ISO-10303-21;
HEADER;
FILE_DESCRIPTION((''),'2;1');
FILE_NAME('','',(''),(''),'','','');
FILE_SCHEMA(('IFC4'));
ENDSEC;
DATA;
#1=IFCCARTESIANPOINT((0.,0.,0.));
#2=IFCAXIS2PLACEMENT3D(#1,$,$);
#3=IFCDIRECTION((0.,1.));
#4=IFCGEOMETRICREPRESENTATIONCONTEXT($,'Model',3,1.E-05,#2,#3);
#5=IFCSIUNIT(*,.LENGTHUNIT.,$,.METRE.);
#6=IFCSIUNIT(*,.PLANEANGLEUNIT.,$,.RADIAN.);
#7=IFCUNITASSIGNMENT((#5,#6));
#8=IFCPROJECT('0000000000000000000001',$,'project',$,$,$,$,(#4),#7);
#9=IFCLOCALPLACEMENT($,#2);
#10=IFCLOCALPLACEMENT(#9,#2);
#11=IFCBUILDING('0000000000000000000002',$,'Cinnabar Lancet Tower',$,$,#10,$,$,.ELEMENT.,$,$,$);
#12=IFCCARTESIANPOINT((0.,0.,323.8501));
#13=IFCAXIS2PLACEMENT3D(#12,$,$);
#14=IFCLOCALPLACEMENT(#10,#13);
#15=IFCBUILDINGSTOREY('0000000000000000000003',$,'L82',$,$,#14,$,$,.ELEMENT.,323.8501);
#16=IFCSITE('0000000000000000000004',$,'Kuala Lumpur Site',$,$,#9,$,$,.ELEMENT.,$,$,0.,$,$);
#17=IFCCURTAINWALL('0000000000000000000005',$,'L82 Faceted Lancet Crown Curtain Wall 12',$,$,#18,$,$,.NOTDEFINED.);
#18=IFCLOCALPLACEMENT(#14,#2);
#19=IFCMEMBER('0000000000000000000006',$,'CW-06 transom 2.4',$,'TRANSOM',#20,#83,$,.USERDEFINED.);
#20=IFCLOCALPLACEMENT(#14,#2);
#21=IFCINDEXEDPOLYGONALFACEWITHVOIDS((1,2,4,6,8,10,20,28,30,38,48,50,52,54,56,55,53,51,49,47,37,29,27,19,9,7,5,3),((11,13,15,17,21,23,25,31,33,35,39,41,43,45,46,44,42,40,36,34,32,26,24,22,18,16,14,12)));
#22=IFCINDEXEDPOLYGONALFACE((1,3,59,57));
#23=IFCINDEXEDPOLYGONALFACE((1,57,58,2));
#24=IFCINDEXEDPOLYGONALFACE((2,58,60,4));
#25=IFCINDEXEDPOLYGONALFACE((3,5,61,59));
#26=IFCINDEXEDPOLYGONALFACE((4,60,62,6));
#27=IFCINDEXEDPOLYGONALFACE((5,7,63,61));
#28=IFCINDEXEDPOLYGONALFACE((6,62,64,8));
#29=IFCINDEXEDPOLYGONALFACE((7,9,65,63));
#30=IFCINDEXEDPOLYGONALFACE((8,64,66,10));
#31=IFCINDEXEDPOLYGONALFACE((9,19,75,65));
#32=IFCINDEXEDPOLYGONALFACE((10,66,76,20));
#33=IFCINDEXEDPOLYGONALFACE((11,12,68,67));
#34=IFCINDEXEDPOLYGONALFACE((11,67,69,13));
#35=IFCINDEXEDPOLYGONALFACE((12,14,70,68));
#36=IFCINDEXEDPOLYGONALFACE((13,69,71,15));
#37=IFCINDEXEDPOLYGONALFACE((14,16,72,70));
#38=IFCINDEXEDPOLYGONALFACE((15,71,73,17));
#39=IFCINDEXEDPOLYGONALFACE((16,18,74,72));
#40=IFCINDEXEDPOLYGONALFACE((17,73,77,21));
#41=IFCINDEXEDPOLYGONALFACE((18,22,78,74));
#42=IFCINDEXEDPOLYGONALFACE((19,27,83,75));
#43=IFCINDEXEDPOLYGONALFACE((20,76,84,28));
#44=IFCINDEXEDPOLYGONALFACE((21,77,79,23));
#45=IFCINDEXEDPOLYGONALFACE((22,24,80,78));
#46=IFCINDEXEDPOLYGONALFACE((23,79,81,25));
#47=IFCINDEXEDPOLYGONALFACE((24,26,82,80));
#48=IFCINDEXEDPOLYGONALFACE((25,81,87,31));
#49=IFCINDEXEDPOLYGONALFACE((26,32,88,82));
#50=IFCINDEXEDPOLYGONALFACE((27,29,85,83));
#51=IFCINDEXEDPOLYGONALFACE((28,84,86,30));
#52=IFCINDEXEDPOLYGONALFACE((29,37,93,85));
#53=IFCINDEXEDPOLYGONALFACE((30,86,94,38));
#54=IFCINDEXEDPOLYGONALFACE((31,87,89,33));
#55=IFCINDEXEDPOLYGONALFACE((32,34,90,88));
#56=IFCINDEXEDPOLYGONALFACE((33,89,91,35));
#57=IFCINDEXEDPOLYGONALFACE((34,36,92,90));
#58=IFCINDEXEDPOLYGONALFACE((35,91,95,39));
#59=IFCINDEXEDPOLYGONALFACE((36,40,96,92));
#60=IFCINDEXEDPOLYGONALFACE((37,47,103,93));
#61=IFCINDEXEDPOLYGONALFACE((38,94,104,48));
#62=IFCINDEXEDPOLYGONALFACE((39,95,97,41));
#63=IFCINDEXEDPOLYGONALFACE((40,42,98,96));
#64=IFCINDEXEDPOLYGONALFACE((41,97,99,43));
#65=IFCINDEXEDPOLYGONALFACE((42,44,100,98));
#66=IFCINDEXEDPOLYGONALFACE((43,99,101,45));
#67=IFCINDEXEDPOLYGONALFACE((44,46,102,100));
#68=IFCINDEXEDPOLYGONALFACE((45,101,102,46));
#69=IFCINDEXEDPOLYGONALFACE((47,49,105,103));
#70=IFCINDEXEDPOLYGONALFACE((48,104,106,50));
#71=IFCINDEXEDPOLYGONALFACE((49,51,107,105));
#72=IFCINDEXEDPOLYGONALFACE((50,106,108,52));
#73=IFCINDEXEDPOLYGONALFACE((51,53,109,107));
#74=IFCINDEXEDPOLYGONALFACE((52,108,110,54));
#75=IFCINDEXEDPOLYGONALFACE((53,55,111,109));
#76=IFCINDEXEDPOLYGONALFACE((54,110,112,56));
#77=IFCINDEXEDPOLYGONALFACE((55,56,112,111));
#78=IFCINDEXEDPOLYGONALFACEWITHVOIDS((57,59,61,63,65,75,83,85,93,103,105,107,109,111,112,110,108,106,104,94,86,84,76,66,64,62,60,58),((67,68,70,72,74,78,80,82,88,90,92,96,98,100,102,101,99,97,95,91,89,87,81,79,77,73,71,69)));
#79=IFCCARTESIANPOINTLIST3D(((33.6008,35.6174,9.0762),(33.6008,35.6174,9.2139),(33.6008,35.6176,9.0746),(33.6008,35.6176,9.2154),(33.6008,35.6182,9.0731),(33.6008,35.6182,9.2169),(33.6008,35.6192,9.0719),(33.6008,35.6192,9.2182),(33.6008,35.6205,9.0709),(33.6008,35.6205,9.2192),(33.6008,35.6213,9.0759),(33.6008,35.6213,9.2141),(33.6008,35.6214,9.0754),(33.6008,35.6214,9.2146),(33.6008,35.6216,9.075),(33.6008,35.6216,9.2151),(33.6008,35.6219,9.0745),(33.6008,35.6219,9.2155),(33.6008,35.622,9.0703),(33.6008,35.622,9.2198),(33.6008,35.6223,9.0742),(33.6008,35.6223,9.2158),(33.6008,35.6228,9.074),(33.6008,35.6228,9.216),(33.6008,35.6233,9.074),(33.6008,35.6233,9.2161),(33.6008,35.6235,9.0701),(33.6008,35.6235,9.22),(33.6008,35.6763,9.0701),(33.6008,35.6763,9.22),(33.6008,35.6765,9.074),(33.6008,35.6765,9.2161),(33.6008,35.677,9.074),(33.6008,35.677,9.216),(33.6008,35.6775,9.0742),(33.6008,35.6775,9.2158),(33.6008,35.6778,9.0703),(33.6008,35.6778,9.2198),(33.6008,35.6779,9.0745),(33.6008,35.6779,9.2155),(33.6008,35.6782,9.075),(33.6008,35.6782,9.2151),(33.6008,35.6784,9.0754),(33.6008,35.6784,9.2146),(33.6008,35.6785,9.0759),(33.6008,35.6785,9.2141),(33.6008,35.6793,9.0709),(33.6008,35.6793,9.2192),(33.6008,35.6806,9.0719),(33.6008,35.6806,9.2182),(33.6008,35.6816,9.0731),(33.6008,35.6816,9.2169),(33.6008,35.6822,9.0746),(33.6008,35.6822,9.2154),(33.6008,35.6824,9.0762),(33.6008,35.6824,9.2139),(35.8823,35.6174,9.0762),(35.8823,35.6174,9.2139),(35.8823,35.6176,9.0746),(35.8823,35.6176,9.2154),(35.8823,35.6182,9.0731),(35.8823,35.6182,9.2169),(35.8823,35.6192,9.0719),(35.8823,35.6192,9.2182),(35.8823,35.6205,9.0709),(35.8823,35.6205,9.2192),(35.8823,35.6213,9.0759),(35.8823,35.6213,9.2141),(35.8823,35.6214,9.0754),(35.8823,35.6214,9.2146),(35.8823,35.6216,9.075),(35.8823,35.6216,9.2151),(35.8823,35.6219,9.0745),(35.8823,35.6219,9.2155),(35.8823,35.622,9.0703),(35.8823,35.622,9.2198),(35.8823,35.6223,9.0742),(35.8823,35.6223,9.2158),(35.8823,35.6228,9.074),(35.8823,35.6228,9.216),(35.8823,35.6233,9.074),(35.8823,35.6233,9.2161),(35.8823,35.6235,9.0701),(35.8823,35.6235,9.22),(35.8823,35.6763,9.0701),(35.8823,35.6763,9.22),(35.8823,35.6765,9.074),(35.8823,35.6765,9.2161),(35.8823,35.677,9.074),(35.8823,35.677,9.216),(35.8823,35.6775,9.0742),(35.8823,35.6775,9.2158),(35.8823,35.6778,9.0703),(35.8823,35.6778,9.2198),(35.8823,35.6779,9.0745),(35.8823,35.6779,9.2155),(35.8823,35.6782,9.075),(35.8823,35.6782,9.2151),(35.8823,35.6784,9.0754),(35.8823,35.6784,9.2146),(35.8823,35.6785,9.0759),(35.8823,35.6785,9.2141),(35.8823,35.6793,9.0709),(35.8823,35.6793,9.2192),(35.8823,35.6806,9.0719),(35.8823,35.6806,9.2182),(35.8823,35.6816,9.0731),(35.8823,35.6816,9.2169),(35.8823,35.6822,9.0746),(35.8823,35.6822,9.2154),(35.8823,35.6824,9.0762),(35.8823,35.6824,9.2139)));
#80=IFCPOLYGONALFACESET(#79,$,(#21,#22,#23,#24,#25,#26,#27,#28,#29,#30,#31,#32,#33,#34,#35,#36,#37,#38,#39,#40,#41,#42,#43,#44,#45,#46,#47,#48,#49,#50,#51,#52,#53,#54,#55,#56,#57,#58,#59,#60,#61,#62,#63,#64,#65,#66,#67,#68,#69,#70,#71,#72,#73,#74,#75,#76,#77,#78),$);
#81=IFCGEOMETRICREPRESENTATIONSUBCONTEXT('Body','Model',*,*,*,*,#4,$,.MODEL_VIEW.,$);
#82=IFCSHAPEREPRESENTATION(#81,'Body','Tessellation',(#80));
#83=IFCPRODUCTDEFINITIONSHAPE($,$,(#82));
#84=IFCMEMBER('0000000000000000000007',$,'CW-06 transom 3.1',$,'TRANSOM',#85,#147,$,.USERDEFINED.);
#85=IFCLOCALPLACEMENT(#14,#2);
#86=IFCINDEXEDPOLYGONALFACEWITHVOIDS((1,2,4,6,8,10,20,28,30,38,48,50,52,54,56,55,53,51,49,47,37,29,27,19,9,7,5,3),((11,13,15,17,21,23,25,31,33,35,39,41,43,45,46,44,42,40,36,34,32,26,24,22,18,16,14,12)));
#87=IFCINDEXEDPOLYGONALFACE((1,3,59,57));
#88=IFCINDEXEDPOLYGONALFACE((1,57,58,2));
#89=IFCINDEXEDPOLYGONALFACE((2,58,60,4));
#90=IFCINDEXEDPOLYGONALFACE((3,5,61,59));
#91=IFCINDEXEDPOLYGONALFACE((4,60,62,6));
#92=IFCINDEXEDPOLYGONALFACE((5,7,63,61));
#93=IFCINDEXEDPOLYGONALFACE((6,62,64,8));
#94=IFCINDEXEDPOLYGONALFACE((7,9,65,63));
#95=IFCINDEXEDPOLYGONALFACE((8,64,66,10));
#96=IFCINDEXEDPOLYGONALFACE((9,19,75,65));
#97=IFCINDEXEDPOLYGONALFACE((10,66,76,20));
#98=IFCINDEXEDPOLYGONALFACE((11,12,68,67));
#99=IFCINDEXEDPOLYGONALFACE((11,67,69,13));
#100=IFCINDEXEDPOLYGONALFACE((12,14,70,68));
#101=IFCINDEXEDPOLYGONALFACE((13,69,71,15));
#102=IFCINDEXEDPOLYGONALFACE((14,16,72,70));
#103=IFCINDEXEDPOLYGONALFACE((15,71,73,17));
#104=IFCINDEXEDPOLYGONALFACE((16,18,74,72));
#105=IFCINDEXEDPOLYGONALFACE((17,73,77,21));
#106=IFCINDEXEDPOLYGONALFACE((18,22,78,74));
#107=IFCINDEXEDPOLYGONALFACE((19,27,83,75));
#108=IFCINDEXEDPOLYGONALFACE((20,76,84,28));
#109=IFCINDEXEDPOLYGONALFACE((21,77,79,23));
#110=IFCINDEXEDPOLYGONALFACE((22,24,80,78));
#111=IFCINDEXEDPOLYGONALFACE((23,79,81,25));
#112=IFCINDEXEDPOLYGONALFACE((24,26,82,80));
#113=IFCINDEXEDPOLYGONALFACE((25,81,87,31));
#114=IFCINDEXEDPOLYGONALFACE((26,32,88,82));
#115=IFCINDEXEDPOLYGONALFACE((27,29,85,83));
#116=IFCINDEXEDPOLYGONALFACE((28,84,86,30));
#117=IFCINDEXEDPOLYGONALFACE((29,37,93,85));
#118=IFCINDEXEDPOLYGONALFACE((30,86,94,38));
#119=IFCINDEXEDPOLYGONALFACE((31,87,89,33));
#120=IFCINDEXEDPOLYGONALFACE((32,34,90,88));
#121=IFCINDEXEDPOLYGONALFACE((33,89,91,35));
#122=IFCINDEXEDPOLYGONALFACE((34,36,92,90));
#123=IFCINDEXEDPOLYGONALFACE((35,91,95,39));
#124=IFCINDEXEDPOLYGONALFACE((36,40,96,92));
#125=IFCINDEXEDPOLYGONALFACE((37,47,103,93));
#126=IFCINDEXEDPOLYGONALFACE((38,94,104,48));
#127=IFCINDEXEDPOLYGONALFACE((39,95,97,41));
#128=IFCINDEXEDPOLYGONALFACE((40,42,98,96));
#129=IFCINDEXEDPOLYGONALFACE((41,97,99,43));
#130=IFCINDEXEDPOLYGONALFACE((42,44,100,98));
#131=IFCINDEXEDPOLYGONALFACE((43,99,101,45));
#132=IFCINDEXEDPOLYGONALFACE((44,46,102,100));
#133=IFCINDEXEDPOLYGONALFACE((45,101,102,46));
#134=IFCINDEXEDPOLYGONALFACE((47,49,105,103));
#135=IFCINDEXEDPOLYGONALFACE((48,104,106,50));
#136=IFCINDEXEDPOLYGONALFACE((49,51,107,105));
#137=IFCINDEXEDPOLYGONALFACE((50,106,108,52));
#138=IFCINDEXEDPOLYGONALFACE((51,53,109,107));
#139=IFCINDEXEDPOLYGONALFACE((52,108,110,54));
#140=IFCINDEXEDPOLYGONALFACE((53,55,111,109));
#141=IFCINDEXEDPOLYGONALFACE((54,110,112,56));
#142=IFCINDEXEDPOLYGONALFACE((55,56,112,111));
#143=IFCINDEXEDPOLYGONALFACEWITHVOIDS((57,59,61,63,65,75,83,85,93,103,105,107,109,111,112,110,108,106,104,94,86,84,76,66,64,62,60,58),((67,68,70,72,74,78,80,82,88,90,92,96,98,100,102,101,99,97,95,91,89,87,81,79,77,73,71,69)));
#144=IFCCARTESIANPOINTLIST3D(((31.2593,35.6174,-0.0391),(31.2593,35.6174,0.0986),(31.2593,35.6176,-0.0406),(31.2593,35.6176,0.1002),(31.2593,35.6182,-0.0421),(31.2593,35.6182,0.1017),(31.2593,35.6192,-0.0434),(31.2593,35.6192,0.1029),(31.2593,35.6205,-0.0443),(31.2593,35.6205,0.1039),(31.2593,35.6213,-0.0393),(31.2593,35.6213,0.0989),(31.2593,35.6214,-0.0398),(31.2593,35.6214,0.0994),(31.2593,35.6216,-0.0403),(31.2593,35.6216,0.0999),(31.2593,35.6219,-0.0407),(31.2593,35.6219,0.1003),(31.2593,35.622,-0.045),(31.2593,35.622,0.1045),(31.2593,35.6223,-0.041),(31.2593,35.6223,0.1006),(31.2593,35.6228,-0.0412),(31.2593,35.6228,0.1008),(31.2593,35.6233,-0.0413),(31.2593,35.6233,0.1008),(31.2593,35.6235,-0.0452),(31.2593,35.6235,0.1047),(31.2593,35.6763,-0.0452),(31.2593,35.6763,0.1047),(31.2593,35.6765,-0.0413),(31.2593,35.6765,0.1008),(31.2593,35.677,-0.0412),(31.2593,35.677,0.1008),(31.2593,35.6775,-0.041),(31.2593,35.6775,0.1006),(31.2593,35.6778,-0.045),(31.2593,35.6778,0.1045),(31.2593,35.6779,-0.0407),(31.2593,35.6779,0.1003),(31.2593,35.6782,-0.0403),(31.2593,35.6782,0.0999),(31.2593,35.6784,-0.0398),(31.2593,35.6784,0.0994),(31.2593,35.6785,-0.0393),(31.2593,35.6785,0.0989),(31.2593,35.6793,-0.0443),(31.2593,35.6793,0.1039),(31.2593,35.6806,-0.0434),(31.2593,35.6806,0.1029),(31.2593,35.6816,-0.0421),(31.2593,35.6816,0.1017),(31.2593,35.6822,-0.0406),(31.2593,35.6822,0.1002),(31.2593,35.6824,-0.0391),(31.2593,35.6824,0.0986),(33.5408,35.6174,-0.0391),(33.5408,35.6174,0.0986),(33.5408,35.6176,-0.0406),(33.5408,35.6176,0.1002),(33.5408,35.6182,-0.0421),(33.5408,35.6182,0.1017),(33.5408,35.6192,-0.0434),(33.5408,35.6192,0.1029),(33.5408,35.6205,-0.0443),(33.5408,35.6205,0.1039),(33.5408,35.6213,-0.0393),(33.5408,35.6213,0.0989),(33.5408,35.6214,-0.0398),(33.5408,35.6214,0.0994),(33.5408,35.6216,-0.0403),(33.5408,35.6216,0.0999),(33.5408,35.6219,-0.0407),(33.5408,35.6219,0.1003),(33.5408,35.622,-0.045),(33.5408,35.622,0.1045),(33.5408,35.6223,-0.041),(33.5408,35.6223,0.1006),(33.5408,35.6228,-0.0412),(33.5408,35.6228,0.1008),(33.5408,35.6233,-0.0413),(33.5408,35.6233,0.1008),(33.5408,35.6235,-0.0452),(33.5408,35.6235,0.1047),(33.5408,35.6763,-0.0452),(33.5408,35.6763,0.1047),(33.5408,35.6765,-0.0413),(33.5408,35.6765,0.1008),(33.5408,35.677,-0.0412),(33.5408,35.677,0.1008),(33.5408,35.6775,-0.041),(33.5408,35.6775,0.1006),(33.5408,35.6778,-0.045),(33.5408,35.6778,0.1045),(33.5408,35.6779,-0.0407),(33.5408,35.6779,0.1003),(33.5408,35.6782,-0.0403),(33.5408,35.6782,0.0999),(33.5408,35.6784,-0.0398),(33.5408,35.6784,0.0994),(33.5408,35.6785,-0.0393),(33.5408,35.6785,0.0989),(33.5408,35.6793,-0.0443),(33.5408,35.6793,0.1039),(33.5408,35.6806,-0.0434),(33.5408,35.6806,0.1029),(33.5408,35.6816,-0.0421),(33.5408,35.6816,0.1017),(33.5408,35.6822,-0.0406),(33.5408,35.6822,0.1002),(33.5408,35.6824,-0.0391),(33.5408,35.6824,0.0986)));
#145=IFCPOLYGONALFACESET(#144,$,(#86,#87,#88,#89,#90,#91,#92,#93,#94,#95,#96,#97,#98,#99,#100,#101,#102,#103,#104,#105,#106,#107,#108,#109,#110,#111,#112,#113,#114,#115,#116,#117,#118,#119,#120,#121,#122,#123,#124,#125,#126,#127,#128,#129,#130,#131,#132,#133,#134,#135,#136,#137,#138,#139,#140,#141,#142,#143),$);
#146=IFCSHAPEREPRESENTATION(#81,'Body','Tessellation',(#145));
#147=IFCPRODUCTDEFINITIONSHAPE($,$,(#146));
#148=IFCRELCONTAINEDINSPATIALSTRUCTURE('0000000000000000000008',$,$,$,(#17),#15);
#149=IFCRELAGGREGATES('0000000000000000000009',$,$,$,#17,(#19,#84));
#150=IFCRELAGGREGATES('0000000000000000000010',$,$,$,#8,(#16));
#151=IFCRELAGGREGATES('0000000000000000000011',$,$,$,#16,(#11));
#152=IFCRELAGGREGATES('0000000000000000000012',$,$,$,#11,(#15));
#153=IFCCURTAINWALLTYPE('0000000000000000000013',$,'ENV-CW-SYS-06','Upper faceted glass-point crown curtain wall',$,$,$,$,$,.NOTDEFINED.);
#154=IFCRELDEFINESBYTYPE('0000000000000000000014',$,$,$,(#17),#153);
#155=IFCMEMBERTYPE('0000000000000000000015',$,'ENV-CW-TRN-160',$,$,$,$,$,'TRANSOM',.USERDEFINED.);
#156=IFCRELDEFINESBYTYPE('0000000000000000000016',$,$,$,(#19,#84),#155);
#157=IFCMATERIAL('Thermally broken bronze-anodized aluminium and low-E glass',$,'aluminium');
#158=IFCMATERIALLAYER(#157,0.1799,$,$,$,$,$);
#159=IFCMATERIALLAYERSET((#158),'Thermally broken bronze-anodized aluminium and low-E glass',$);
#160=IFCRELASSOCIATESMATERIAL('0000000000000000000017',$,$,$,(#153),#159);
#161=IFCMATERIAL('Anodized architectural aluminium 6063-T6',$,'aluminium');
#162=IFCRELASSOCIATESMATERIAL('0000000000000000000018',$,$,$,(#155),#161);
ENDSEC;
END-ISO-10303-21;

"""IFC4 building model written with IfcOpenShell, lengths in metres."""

from ifc_helpers import new_model, si_unit, direction, frame, origin, origin_2d, place, context, subcontext, project, spatial, hollow_rectangle, extrude, material, layer, layer_set, material_profile, profile_set, type_object, element, aggregate, save


model = new_model("IFC4")

# Units and contexts
model_context = context("Model", 3, precision=1e-05, world=origin(), true_north=direction((0.0, 1.0)))
body_context = subcontext(model_context, "Body", "Model", "MODEL_VIEW")
ifc_project = project(units=[si_unit("LENGTHUNIT", "METRE"), si_unit("PLANEANGLEUNIT", "RADIAN")], contexts=[model_context])

# Site, building, storey
site_placement = place(None, origin())
site = spatial("IfcSite", under=ifc_project, at=site_placement, Name="Kuala Lumpur Site", CompositionType="ELEMENT", RefElevation=0.0)
building_placement = place(site_placement, origin())
building = spatial("IfcBuilding", under=site, at=building_placement, Name="Cinnabar Lancet Tower", CompositionType="ELEMENT")
storey_placement = place(building_placement, frame((0.0, 0.0, 323.8501)))
storey = spatial("IfcBuildingStorey", under=building, at=storey_placement, Name="L82", CompositionType="ELEMENT", Elevation=323.8501)

# Shared definitions
ifc_material_1 = material(Name="Thermally broken bronze-anodized aluminium and low-E glass", Category="aluminium")
ifc_layer_1 = layer(ifc_material_1, 0.1799)
ifc_layer_set_1 = layer_set([ifc_layer_1], Name="Thermally broken bronze-anodized aluminium and low-E glass")
curtain_wall_type = type_object("IfcCurtainWallType", Name="ENV-CW-SYS-06", Description="Upper faceted glass-point crown curtain wall", PredefinedType="NOTDEFINED", material=ifc_layer_set_1)

# Curtain wall, members
curtain_wall_1_placement = place(storey_placement, origin())
curtain_wall_1 = element("IfcCurtainWall", 1, at=curtain_wall_1_placement, inside=storey, type_object=curtain_wall_type, Name="L82 Faceted Lancet Crown Curtain Wall 12", PredefinedType="NOTDEFINED")
ifc_material_2 = material(Name="Anodized architectural aluminium 6063-T6", Category="aluminium")
ifc_material_profile_1 = material_profile(ifc_material_2, hollow_rectangle(XDim=0.0649, YDim=0.1499, WallThickness=0.0039, InnerFilletRadius=0.002, OuterFilletRadius=0.0061, at=origin_2d()), Name="CW-TRN 150x65x4")
ifc_profile_set_1 = profile_set([ifc_material_profile_1], Name="Anodized architectural aluminium 6063-T6")
member_type_1 = type_object("IfcMemberType", Name="ENV-CW-TRN-160", ElementType="TRANSOM", PredefinedType="USERDEFINED", material=ifc_profile_set_1)
member_1_placement = place(storey_placement, frame((35.8823, 35.6499, 9.145), z_axis=(-1.0, 0.0, 0.0), x_axis=(0.0, -1.0, 0.0)))
member_1 = element("IfcMember", 2, at=member_1_placement, type_object=member_type_1, Name="CW-06 transom 2.4", ObjectType="TRANSOM", PredefinedType="USERDEFINED", context=body_context, shape_type="SweptSolid", body=[
    extrude(hollow_rectangle(XDim=0.0649, YDim=0.1499, WallThickness=0.0039, InnerFilletRadius=0.002, OuterFilletRadius=0.0061, at=origin_2d()), origin(), (0.0, 0.0, 1.0), 2.2815),
])
member_2_placement = place(storey_placement, frame((33.5408, 35.6499, 0.0298), z_axis=(-1.0, 0.0, 0.0), x_axis=(0.0, -1.0, 0.0)))
member_2 = element("IfcMember", 3, at=member_2_placement, type_object=member_type_1, Name="CW-06 transom 3.1", ObjectType="TRANSOM", PredefinedType="USERDEFINED", context=body_context, shape_type="SweptSolid", body=[
    extrude(hollow_rectangle(XDim=0.0649, YDim=0.1499, WallThickness=0.0039, InnerFilletRadius=0.002, OuterFilletRadius=0.0061, at=origin_2d()), origin(), (0.0, 0.0, 1.0), 2.2815),
])

aggregate(curtain_wall_1, [member_1, member_2])

save(model, "model.ifc")
